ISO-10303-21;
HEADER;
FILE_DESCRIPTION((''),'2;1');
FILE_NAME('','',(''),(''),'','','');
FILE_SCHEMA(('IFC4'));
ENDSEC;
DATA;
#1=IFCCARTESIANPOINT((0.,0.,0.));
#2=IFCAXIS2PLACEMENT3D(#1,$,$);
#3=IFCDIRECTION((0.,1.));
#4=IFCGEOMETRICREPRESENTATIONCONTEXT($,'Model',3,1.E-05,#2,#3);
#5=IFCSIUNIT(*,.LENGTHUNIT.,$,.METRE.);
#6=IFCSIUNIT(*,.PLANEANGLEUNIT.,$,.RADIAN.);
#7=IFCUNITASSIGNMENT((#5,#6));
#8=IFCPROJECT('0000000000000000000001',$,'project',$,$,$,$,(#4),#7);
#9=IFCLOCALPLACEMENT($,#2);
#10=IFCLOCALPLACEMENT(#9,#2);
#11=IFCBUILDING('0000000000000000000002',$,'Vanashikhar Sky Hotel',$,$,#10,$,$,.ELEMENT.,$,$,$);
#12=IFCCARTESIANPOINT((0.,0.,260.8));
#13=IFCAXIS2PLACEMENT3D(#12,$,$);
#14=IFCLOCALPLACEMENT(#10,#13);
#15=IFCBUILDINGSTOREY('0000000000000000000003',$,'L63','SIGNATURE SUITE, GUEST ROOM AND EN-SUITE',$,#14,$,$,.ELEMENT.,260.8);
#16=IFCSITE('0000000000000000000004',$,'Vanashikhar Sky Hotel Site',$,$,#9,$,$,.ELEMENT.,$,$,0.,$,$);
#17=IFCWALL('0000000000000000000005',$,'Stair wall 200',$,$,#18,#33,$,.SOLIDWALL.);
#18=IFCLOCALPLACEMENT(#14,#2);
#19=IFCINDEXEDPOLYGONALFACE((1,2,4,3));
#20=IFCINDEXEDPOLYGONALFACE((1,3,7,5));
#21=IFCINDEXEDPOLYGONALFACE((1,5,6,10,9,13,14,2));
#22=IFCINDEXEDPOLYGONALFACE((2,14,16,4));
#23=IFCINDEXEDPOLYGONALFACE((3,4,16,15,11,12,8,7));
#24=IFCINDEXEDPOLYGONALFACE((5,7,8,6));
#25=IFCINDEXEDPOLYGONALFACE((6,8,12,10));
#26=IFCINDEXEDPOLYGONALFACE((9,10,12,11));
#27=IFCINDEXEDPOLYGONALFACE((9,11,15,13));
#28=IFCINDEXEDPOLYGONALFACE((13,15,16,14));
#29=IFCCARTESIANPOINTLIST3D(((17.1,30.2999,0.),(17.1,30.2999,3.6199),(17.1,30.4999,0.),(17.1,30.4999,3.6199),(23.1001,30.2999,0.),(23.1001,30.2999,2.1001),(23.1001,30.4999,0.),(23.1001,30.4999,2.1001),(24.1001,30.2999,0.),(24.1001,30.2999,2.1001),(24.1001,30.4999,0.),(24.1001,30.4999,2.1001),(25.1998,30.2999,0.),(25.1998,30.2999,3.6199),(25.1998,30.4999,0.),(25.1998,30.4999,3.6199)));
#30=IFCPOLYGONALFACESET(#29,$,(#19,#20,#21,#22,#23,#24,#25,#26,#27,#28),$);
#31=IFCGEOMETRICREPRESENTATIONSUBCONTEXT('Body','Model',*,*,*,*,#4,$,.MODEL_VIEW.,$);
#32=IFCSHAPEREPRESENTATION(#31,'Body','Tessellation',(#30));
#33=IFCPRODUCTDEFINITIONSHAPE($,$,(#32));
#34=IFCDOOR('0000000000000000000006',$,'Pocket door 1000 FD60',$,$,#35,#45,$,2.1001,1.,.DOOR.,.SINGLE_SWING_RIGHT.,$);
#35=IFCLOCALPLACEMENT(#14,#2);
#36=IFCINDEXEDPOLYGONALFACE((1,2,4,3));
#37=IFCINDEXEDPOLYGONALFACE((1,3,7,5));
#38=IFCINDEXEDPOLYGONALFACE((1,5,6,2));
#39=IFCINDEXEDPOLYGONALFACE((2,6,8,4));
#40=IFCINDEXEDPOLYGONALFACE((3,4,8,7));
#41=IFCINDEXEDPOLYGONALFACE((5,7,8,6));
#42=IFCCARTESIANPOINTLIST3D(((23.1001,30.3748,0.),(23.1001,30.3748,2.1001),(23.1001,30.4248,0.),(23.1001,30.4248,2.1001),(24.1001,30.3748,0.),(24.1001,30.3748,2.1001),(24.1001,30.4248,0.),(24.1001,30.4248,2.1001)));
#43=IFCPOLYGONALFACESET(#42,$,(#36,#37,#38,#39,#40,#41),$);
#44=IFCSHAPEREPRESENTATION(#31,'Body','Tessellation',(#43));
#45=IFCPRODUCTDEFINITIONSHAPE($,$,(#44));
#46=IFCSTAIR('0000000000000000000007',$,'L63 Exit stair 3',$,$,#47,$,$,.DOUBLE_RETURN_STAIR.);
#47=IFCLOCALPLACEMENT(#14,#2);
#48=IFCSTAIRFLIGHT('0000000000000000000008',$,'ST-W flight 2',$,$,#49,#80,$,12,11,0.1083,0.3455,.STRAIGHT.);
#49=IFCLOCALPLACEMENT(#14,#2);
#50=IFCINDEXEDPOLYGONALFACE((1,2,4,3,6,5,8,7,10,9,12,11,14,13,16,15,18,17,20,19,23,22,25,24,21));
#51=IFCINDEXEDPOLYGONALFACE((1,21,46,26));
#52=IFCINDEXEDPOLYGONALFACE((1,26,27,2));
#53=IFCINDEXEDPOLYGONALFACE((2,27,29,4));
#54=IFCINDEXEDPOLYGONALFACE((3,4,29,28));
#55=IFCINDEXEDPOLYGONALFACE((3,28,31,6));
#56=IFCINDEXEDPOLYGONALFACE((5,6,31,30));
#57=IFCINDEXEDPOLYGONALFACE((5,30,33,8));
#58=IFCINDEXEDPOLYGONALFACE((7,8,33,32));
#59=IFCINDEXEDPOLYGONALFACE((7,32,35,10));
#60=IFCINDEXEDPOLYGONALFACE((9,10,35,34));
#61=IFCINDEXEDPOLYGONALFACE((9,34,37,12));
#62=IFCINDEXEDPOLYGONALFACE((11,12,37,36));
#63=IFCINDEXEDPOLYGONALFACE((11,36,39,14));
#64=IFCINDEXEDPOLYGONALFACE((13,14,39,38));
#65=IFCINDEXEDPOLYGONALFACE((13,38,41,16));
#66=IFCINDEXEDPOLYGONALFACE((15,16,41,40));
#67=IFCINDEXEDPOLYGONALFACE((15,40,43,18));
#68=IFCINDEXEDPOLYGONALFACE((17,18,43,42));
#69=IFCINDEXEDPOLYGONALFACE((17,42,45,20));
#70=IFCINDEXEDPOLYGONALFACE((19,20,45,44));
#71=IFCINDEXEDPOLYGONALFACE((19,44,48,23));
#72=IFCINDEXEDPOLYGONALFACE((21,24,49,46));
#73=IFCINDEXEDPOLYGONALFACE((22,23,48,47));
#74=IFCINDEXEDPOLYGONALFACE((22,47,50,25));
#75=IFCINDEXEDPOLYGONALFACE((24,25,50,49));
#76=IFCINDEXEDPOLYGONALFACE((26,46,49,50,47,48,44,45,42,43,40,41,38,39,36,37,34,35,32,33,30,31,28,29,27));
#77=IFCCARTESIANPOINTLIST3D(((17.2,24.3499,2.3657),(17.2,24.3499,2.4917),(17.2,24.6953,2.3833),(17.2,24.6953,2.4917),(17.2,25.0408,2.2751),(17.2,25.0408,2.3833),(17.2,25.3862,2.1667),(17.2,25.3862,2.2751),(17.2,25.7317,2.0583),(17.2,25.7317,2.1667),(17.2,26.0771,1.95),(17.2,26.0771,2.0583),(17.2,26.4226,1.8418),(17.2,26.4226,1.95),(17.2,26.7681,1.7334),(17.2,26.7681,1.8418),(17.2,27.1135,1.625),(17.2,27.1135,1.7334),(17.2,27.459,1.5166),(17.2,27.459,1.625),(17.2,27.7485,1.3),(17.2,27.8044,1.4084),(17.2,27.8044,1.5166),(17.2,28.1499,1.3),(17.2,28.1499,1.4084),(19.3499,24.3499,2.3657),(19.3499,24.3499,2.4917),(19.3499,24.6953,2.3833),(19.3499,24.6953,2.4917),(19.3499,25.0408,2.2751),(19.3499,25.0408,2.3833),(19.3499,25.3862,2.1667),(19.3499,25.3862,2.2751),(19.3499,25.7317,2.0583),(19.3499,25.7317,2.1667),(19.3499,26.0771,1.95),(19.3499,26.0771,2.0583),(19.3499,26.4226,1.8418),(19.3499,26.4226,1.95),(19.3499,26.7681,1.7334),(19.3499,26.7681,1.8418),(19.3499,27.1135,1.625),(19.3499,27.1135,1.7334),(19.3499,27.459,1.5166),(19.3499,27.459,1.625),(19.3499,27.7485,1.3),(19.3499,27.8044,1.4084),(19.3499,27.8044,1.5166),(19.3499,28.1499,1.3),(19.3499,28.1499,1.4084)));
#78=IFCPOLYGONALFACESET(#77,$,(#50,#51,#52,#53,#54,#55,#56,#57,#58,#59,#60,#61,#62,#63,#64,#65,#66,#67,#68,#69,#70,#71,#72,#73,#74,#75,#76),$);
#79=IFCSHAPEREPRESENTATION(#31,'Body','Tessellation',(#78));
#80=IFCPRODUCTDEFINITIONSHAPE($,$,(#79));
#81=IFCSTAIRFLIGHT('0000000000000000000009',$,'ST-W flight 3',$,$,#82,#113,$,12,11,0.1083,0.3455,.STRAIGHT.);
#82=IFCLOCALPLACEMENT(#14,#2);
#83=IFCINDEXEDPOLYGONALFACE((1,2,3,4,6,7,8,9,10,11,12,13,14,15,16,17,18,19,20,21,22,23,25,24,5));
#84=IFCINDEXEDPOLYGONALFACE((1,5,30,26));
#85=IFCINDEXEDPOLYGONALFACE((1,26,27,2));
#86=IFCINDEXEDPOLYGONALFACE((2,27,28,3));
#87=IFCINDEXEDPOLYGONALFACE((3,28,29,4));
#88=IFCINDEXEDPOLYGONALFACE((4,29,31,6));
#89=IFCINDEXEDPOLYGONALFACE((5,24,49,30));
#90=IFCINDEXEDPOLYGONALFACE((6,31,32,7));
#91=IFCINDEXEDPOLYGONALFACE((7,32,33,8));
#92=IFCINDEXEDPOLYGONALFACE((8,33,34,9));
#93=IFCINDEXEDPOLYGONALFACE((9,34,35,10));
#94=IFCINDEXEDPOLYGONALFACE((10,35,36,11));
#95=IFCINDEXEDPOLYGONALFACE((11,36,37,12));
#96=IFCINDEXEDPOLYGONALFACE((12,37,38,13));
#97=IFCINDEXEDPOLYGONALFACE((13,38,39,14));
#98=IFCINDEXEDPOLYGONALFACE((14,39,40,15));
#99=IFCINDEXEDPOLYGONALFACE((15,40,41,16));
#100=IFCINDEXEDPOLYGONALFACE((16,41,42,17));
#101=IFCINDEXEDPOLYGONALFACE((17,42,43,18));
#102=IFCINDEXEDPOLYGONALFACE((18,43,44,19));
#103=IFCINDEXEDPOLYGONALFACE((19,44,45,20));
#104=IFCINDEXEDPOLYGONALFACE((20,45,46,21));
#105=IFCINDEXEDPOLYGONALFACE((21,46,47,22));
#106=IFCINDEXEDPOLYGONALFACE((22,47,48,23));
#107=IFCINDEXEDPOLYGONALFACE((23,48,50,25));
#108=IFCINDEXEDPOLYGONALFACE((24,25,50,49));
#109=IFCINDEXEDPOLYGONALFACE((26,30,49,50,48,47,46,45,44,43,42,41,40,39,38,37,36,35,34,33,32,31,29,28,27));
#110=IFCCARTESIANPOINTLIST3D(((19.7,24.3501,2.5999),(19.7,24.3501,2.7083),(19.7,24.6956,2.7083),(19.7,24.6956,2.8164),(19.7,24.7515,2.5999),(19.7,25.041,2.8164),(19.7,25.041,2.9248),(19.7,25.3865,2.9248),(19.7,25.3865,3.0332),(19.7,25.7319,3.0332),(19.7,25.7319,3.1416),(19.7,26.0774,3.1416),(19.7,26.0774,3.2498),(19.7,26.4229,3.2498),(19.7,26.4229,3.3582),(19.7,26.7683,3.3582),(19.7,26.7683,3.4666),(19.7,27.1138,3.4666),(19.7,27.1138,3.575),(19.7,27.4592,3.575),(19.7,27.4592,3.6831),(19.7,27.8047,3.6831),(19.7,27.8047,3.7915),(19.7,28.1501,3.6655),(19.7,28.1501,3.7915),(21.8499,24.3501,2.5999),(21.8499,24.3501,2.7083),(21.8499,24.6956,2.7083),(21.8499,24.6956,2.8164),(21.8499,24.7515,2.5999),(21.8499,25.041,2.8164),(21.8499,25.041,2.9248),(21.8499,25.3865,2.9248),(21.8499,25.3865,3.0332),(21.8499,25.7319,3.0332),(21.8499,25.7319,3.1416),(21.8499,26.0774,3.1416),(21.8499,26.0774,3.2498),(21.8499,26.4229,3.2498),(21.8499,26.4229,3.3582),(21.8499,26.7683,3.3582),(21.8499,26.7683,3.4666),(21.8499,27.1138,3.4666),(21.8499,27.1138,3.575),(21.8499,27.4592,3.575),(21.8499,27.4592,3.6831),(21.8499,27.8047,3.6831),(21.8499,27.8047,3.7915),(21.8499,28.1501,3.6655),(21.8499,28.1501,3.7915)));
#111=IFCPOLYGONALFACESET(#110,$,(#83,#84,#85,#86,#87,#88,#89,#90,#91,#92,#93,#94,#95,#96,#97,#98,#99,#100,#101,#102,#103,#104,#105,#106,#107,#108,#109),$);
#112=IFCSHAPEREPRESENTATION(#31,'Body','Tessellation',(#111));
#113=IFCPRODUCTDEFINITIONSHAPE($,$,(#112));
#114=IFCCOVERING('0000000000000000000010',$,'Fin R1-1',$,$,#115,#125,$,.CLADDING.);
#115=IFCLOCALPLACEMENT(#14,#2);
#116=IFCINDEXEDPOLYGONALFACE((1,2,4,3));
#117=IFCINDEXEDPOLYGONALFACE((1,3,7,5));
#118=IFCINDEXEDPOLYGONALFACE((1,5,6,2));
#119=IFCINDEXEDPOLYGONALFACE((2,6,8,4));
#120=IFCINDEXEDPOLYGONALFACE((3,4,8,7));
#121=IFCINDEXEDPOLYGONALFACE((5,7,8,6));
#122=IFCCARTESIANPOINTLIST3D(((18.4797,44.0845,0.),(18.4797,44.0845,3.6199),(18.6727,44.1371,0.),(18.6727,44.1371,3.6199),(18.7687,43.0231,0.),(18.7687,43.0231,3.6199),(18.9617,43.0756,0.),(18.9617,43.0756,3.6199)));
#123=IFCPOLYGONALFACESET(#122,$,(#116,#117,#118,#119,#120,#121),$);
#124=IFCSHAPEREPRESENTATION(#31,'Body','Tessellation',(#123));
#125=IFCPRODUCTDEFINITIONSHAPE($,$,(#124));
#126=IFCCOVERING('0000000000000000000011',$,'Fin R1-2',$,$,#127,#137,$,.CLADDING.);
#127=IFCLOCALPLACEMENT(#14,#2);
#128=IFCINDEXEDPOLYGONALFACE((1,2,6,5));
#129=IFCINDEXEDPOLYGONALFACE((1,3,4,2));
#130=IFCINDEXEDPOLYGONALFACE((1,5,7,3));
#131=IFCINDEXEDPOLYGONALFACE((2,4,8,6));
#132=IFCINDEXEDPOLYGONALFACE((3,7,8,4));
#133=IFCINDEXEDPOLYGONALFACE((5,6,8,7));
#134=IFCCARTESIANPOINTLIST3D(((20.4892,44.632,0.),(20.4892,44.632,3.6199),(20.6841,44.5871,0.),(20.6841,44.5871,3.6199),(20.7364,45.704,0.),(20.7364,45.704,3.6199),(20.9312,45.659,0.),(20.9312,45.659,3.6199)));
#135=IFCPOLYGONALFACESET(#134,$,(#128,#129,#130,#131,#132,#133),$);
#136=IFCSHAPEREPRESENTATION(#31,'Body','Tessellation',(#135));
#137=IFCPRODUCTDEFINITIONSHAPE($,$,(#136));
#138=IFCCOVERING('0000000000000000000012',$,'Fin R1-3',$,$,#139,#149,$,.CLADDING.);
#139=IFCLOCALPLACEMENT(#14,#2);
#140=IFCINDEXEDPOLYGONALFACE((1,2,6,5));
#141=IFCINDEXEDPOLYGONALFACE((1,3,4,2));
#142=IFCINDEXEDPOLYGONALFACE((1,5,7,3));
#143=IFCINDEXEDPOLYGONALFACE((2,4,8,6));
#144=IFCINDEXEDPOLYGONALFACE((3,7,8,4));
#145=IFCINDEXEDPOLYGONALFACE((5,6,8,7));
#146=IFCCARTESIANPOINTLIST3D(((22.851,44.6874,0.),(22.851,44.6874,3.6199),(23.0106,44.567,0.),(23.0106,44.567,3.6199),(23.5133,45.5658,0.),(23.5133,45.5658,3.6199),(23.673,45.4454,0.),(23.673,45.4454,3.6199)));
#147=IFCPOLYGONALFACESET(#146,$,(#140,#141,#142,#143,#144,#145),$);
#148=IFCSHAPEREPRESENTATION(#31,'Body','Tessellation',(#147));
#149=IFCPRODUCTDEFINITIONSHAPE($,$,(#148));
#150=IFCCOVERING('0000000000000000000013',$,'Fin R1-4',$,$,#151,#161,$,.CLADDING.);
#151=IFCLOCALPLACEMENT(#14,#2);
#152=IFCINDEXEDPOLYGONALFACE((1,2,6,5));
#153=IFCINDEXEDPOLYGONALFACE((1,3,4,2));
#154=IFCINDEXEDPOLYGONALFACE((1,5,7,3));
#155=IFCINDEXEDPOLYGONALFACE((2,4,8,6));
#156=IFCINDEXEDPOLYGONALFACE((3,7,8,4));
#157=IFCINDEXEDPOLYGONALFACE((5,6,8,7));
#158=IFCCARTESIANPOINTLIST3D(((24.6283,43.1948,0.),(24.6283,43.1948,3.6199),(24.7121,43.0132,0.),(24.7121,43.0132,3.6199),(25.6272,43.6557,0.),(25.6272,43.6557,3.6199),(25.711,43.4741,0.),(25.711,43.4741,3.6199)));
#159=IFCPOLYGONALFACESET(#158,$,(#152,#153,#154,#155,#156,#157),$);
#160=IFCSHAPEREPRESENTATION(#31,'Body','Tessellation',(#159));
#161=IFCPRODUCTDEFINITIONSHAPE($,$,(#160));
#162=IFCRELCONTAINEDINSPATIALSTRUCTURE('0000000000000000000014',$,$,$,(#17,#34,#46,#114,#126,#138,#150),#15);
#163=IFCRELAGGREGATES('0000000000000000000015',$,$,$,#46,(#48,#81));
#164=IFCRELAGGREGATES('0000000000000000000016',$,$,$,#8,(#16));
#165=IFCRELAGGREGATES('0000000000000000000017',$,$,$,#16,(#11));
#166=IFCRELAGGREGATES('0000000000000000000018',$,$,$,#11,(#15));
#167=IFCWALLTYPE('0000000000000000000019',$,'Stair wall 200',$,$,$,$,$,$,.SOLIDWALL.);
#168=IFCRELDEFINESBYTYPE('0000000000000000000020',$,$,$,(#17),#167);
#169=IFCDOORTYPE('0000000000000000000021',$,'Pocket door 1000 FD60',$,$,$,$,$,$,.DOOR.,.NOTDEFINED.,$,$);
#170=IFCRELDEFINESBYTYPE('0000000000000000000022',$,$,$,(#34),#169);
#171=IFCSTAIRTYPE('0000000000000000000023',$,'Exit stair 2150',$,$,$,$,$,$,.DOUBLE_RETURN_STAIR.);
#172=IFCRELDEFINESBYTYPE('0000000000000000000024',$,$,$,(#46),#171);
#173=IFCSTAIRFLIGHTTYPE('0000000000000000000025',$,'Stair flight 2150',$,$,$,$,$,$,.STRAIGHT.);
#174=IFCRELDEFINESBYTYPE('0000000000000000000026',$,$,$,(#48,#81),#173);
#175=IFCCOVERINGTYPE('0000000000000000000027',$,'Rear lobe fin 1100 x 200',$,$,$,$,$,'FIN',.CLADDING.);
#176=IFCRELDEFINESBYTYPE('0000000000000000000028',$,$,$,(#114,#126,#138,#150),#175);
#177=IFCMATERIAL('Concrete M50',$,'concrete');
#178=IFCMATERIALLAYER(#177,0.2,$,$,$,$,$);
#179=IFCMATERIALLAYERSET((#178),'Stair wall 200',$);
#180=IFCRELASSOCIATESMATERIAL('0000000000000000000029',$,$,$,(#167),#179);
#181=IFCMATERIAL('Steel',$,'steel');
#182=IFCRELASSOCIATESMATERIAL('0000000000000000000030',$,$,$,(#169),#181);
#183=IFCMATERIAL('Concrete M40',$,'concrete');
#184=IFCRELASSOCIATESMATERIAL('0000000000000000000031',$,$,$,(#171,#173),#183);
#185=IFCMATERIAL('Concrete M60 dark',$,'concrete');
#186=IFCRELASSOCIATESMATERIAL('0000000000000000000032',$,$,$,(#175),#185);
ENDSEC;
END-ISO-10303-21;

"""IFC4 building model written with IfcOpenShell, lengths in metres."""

from ifc_helpers import new_model, si_unit, direction, frame, frame_2d, origin, origin_2d, place, context, subcontext, project, spatial, polyline, rectangle, outline, extrude, source, transform, mapped, material, layer, layer_set, material_profile, profile_set, type_object, element, fill, aggregate, save


model = new_model("IFC4")

# Units and contexts
model_context = context("Model", 3, precision=1e-05, world=origin(), true_north=direction((0.0, 1.0)))
body_context = subcontext(model_context, "Body", "Model", "MODEL_VIEW")
ifc_project = project(units=[si_unit("LENGTHUNIT", "METRE"), si_unit("PLANEANGLEUNIT", "RADIAN")], contexts=[model_context])

# Site, building, storey
site_placement = place(None, origin())
site = spatial("IfcSite", under=ifc_project, at=site_placement, Name="Vanashikhar Sky Hotel Site", CompositionType="ELEMENT", RefElevation=0.0)
building_placement = place(site_placement, origin())
building = spatial("IfcBuilding", under=site, at=building_placement, Name="Vanashikhar Sky Hotel", CompositionType="ELEMENT")
storey_placement = place(building_placement, frame((0.0, 0.0, 260.8)))
storey = spatial("IfcBuildingStorey", under=building, at=storey_placement, Name="L63", Description="SIGNATURE SUITE, GUEST ROOM AND EN-SUITE", CompositionType="ELEMENT", Elevation=260.8)

# Shared definitions
ifc_material_1 = material(Name="Concrete M50", Category="concrete")

# Wall, opening, door
ifc_layer_1 = layer(ifc_material_1, 0.2)
ifc_layer_set_1 = layer_set([ifc_layer_1], Name="Stair wall 200")
wall_type_1 = type_object("IfcWallType", Name="Stair wall 200", PredefinedType="SOLIDWALL", material=ifc_layer_set_1)
shared_shape_1 = source(origin(), body_context, "Body", "SweptSolid", [
    extrude(rectangle(XDim=8.0999, YDim=0.2, at=frame_2d((4.0498, 0.0))), origin(), (0.0, 0.0, 1.0), 3.6199),
])
wall_1_placement = place(storey_placement, frame((17.1001, 30.3999, 0.0), z_axis=(0.0, 0.0, 1.0), x_axis=(1.0, 0.0, 0.0)))
wall_1 = element("IfcWall", 1, at=wall_1_placement, inside=storey, type_object=wall_type_1, Name="Stair wall 200", PredefinedType="SOLIDWALL", context=body_context, shape_type="MappedRepresentation", body=[
    mapped(shared_shape_1, transform((0.0, 0.0, 0.0), scale=1.0)),
])
shared_shape_2 = source(origin(), body_context, "Body", "SweptSolid", [
    extrude(rectangle(XDim=1.0, YDim=2.1001, at=frame_2d((0.5, 1.05))), frame((0.0, 0.1099, 0.0), z_axis=(0.0, -1.0, 0.0), x_axis=(1.0, 0.0, 0.0)), (0.0, 0.0, 1.0), 0.22),
])
opening_1_placement = place(wall_1_placement, frame((6.0, 0.0, 0.0)))
opening_1 = element("IfcOpeningElement", 2, at=opening_1_placement, cuts=wall_1, PredefinedType="OPENING", context=body_context, shape_type="MappedRepresentation", body=[
    mapped(shared_shape_2, transform((0.0, 0.0, 0.0), scale=1.0)),
])
ifc_material_2 = material(Name="Steel", Category="steel")
door_type = type_object("IfcDoorType", Name="Pocket door 1000 FD60", OperationType="NOTDEFINED", PredefinedType="DOOR", material=ifc_material_2)
shared_shape_3 = source(origin(), body_context, "Body", "SweptSolid", [
    extrude(rectangle(XDim=1.0, YDim=2.1001, at=frame_2d((0.5, 1.05))), frame((0.0, 0.0249, 0.0), z_axis=(0.0, -1.0, 0.0), x_axis=(1.0, 0.0, 0.0)), (0.0, 0.0, 1.0), 0.05),
])
door_placement = place(opening_1_placement, origin())
door = element("IfcDoor", 3, at=door_placement, inside=storey, type_object=door_type, Name="Pocket door 1000 FD60", OperationType="SINGLE_SWING_RIGHT", OverallHeight=2.1001, OverallWidth=1.0, PredefinedType="DOOR", context=body_context, shape_type="MappedRepresentation", body=[
    mapped(shared_shape_3, transform((0.0, 0.0, 0.0), scale=1.0)),
])
fill(opening_1, door)

# Stair, stair flights
ifc_material_3 = material(Name="Concrete M40", Category="concrete")
stair_type = type_object("IfcStairType", Name="Exit stair 2150", PredefinedType="DOUBLE_RETURN_STAIR", material=ifc_material_3)
stair_placement = place(storey_placement, origin())
stair = element("IfcStair", 4, at=stair_placement, inside=storey, type_object=stair_type, Name="L63 Exit stair 3", PredefinedType="DOUBLE_RETURN_STAIR")
stair_flight_type = type_object("IfcStairFlightType", Name="Stair flight 2150", PredefinedType="STRAIGHT", material=ifc_material_3)
shared_shape_4 = source(origin(), body_context, "Body", "SweptSolid", [
    extrude(outline(polyline([(0.0, 0.0), (0.0, 0.1084), (0.3455, 0.1084), (0.3455, 0.2166), (0.6909, 0.2166), (0.6909, 0.325), (1.0364, 0.325), (1.0364, 0.4333), (1.3818, 0.4333), (1.3818, 0.5417), (1.7273, 0.5417), (1.7273, 0.6499), (2.0728, 0.6499), (2.0728, 0.7583), (2.4182, 0.7583), (2.4182, 0.8667), (2.7637, 0.8667), (2.7637, 0.9751), (3.1091, 0.9751), (3.1091, 1.0833), (3.4546, 1.0833), (3.4546, 1.1917), (3.8, 1.1917), (3.8, 1.3), (3.8, 1.0657), (0.4014, 0.0), (0.0, 0.0)])), frame((0.0, 1.075, 0.0), z_axis=(0.0, -1.0, 0.0), x_axis=(1.0, 0.0, 0.0)), (0.0, 0.0, 1.0), 2.1499),
])
stair_flight_1_placement = place(storey_placement, frame((18.2749, 28.1499, 1.3), z_axis=(0.0, 0.0, 1.0), x_axis=(0.0, -1.0, 0.0)))
stair_flight_1 = element("IfcStairFlight", 5, at=stair_flight_1_placement, type_object=stair_flight_type, Name="ST-W flight 2", NumberOfRisers=12, NumberOfTreads=11, PredefinedType="STRAIGHT", RiserHeight=0.1083, TreadLength=0.3455, context=body_context, shape_type="MappedRepresentation", body=[
    mapped(shared_shape_4, transform((0.0, 0.0, 0.0), scale=1.0)),
])
stair_flight_2_placement = place(storey_placement, frame((20.7749, 24.3501, 2.5999), z_axis=(0.0, 0.0, 1.0), x_axis=(0.0, 1.0, 0.0)))
stair_flight_2 = element("IfcStairFlight", 6, at=stair_flight_2_placement, type_object=stair_flight_type, Name="ST-W flight 3", NumberOfRisers=12, NumberOfTreads=11, PredefinedType="STRAIGHT", RiserHeight=0.1083, TreadLength=0.3455, context=body_context, shape_type="MappedRepresentation", body=[
    mapped(shared_shape_4, transform((0.0, 0.0, 0.0), scale=1.0)),
])
aggregate(stair, [stair_flight_1, stair_flight_2])

# Coverings
ifc_material_4 = material(Name="Concrete M60 dark", Category="concrete")
ifc_material_profile = material_profile(ifc_material_4, rectangle(XDim=1.1001, YDim=0.2, at=origin_2d()))
ifc_profile_set = profile_set([ifc_material_profile], Name="Rear lobe fin 1100 x 200")
covering_type = type_object("IfcCoveringType", Name="Rear lobe fin 1100 x 200", ElementType="FIN", PredefinedType="CLADDING", material=ifc_profile_set)
shared_shape_5 = source(origin(), body_context, "Body", "SweptSolid", [
    extrude(rectangle(XDim=1.1001, YDim=0.2, at=origin_2d()), origin(), (0.0, 0.0, 1.0), 3.6199),
])
for number, where, z_axis, x_axis, name in (
    (7, (18.7207, 43.5801, 0.0), (0.0, 0.0, 1.0), (-0.262711, 0.964874, 0.0), "Fin R1-1"),
    (8, (20.7102, 45.1455, 0.0), (0.0, 0.0, 1.0), (0.224645, 0.974441, 0.0), "Fin R1-2"),
    (9, (23.262, 45.0664, 0.0), (0.0, 0.0, 1.0), (0.602066, 0.798446, 0.0), "Fin R1-3"),
    (10, (25.1697, 43.3345, 0.0), (0.0, 0.0, 1.0), (0.908004, 0.418961, 0.0), "Fin R1-4"),
):
    element("IfcCovering", number, at=place(storey_placement, frame(where, z_axis=z_axis, x_axis=x_axis)), inside=storey, type_object=covering_type, Name=name, PredefinedType="CLADDING", context=body_context, shape_type="MappedRepresentation", body=[
        mapped(shared_shape_5, transform((0.0, 0.0, 0.0), scale=1.0)),
    ])

save(model, "model.ifc")
